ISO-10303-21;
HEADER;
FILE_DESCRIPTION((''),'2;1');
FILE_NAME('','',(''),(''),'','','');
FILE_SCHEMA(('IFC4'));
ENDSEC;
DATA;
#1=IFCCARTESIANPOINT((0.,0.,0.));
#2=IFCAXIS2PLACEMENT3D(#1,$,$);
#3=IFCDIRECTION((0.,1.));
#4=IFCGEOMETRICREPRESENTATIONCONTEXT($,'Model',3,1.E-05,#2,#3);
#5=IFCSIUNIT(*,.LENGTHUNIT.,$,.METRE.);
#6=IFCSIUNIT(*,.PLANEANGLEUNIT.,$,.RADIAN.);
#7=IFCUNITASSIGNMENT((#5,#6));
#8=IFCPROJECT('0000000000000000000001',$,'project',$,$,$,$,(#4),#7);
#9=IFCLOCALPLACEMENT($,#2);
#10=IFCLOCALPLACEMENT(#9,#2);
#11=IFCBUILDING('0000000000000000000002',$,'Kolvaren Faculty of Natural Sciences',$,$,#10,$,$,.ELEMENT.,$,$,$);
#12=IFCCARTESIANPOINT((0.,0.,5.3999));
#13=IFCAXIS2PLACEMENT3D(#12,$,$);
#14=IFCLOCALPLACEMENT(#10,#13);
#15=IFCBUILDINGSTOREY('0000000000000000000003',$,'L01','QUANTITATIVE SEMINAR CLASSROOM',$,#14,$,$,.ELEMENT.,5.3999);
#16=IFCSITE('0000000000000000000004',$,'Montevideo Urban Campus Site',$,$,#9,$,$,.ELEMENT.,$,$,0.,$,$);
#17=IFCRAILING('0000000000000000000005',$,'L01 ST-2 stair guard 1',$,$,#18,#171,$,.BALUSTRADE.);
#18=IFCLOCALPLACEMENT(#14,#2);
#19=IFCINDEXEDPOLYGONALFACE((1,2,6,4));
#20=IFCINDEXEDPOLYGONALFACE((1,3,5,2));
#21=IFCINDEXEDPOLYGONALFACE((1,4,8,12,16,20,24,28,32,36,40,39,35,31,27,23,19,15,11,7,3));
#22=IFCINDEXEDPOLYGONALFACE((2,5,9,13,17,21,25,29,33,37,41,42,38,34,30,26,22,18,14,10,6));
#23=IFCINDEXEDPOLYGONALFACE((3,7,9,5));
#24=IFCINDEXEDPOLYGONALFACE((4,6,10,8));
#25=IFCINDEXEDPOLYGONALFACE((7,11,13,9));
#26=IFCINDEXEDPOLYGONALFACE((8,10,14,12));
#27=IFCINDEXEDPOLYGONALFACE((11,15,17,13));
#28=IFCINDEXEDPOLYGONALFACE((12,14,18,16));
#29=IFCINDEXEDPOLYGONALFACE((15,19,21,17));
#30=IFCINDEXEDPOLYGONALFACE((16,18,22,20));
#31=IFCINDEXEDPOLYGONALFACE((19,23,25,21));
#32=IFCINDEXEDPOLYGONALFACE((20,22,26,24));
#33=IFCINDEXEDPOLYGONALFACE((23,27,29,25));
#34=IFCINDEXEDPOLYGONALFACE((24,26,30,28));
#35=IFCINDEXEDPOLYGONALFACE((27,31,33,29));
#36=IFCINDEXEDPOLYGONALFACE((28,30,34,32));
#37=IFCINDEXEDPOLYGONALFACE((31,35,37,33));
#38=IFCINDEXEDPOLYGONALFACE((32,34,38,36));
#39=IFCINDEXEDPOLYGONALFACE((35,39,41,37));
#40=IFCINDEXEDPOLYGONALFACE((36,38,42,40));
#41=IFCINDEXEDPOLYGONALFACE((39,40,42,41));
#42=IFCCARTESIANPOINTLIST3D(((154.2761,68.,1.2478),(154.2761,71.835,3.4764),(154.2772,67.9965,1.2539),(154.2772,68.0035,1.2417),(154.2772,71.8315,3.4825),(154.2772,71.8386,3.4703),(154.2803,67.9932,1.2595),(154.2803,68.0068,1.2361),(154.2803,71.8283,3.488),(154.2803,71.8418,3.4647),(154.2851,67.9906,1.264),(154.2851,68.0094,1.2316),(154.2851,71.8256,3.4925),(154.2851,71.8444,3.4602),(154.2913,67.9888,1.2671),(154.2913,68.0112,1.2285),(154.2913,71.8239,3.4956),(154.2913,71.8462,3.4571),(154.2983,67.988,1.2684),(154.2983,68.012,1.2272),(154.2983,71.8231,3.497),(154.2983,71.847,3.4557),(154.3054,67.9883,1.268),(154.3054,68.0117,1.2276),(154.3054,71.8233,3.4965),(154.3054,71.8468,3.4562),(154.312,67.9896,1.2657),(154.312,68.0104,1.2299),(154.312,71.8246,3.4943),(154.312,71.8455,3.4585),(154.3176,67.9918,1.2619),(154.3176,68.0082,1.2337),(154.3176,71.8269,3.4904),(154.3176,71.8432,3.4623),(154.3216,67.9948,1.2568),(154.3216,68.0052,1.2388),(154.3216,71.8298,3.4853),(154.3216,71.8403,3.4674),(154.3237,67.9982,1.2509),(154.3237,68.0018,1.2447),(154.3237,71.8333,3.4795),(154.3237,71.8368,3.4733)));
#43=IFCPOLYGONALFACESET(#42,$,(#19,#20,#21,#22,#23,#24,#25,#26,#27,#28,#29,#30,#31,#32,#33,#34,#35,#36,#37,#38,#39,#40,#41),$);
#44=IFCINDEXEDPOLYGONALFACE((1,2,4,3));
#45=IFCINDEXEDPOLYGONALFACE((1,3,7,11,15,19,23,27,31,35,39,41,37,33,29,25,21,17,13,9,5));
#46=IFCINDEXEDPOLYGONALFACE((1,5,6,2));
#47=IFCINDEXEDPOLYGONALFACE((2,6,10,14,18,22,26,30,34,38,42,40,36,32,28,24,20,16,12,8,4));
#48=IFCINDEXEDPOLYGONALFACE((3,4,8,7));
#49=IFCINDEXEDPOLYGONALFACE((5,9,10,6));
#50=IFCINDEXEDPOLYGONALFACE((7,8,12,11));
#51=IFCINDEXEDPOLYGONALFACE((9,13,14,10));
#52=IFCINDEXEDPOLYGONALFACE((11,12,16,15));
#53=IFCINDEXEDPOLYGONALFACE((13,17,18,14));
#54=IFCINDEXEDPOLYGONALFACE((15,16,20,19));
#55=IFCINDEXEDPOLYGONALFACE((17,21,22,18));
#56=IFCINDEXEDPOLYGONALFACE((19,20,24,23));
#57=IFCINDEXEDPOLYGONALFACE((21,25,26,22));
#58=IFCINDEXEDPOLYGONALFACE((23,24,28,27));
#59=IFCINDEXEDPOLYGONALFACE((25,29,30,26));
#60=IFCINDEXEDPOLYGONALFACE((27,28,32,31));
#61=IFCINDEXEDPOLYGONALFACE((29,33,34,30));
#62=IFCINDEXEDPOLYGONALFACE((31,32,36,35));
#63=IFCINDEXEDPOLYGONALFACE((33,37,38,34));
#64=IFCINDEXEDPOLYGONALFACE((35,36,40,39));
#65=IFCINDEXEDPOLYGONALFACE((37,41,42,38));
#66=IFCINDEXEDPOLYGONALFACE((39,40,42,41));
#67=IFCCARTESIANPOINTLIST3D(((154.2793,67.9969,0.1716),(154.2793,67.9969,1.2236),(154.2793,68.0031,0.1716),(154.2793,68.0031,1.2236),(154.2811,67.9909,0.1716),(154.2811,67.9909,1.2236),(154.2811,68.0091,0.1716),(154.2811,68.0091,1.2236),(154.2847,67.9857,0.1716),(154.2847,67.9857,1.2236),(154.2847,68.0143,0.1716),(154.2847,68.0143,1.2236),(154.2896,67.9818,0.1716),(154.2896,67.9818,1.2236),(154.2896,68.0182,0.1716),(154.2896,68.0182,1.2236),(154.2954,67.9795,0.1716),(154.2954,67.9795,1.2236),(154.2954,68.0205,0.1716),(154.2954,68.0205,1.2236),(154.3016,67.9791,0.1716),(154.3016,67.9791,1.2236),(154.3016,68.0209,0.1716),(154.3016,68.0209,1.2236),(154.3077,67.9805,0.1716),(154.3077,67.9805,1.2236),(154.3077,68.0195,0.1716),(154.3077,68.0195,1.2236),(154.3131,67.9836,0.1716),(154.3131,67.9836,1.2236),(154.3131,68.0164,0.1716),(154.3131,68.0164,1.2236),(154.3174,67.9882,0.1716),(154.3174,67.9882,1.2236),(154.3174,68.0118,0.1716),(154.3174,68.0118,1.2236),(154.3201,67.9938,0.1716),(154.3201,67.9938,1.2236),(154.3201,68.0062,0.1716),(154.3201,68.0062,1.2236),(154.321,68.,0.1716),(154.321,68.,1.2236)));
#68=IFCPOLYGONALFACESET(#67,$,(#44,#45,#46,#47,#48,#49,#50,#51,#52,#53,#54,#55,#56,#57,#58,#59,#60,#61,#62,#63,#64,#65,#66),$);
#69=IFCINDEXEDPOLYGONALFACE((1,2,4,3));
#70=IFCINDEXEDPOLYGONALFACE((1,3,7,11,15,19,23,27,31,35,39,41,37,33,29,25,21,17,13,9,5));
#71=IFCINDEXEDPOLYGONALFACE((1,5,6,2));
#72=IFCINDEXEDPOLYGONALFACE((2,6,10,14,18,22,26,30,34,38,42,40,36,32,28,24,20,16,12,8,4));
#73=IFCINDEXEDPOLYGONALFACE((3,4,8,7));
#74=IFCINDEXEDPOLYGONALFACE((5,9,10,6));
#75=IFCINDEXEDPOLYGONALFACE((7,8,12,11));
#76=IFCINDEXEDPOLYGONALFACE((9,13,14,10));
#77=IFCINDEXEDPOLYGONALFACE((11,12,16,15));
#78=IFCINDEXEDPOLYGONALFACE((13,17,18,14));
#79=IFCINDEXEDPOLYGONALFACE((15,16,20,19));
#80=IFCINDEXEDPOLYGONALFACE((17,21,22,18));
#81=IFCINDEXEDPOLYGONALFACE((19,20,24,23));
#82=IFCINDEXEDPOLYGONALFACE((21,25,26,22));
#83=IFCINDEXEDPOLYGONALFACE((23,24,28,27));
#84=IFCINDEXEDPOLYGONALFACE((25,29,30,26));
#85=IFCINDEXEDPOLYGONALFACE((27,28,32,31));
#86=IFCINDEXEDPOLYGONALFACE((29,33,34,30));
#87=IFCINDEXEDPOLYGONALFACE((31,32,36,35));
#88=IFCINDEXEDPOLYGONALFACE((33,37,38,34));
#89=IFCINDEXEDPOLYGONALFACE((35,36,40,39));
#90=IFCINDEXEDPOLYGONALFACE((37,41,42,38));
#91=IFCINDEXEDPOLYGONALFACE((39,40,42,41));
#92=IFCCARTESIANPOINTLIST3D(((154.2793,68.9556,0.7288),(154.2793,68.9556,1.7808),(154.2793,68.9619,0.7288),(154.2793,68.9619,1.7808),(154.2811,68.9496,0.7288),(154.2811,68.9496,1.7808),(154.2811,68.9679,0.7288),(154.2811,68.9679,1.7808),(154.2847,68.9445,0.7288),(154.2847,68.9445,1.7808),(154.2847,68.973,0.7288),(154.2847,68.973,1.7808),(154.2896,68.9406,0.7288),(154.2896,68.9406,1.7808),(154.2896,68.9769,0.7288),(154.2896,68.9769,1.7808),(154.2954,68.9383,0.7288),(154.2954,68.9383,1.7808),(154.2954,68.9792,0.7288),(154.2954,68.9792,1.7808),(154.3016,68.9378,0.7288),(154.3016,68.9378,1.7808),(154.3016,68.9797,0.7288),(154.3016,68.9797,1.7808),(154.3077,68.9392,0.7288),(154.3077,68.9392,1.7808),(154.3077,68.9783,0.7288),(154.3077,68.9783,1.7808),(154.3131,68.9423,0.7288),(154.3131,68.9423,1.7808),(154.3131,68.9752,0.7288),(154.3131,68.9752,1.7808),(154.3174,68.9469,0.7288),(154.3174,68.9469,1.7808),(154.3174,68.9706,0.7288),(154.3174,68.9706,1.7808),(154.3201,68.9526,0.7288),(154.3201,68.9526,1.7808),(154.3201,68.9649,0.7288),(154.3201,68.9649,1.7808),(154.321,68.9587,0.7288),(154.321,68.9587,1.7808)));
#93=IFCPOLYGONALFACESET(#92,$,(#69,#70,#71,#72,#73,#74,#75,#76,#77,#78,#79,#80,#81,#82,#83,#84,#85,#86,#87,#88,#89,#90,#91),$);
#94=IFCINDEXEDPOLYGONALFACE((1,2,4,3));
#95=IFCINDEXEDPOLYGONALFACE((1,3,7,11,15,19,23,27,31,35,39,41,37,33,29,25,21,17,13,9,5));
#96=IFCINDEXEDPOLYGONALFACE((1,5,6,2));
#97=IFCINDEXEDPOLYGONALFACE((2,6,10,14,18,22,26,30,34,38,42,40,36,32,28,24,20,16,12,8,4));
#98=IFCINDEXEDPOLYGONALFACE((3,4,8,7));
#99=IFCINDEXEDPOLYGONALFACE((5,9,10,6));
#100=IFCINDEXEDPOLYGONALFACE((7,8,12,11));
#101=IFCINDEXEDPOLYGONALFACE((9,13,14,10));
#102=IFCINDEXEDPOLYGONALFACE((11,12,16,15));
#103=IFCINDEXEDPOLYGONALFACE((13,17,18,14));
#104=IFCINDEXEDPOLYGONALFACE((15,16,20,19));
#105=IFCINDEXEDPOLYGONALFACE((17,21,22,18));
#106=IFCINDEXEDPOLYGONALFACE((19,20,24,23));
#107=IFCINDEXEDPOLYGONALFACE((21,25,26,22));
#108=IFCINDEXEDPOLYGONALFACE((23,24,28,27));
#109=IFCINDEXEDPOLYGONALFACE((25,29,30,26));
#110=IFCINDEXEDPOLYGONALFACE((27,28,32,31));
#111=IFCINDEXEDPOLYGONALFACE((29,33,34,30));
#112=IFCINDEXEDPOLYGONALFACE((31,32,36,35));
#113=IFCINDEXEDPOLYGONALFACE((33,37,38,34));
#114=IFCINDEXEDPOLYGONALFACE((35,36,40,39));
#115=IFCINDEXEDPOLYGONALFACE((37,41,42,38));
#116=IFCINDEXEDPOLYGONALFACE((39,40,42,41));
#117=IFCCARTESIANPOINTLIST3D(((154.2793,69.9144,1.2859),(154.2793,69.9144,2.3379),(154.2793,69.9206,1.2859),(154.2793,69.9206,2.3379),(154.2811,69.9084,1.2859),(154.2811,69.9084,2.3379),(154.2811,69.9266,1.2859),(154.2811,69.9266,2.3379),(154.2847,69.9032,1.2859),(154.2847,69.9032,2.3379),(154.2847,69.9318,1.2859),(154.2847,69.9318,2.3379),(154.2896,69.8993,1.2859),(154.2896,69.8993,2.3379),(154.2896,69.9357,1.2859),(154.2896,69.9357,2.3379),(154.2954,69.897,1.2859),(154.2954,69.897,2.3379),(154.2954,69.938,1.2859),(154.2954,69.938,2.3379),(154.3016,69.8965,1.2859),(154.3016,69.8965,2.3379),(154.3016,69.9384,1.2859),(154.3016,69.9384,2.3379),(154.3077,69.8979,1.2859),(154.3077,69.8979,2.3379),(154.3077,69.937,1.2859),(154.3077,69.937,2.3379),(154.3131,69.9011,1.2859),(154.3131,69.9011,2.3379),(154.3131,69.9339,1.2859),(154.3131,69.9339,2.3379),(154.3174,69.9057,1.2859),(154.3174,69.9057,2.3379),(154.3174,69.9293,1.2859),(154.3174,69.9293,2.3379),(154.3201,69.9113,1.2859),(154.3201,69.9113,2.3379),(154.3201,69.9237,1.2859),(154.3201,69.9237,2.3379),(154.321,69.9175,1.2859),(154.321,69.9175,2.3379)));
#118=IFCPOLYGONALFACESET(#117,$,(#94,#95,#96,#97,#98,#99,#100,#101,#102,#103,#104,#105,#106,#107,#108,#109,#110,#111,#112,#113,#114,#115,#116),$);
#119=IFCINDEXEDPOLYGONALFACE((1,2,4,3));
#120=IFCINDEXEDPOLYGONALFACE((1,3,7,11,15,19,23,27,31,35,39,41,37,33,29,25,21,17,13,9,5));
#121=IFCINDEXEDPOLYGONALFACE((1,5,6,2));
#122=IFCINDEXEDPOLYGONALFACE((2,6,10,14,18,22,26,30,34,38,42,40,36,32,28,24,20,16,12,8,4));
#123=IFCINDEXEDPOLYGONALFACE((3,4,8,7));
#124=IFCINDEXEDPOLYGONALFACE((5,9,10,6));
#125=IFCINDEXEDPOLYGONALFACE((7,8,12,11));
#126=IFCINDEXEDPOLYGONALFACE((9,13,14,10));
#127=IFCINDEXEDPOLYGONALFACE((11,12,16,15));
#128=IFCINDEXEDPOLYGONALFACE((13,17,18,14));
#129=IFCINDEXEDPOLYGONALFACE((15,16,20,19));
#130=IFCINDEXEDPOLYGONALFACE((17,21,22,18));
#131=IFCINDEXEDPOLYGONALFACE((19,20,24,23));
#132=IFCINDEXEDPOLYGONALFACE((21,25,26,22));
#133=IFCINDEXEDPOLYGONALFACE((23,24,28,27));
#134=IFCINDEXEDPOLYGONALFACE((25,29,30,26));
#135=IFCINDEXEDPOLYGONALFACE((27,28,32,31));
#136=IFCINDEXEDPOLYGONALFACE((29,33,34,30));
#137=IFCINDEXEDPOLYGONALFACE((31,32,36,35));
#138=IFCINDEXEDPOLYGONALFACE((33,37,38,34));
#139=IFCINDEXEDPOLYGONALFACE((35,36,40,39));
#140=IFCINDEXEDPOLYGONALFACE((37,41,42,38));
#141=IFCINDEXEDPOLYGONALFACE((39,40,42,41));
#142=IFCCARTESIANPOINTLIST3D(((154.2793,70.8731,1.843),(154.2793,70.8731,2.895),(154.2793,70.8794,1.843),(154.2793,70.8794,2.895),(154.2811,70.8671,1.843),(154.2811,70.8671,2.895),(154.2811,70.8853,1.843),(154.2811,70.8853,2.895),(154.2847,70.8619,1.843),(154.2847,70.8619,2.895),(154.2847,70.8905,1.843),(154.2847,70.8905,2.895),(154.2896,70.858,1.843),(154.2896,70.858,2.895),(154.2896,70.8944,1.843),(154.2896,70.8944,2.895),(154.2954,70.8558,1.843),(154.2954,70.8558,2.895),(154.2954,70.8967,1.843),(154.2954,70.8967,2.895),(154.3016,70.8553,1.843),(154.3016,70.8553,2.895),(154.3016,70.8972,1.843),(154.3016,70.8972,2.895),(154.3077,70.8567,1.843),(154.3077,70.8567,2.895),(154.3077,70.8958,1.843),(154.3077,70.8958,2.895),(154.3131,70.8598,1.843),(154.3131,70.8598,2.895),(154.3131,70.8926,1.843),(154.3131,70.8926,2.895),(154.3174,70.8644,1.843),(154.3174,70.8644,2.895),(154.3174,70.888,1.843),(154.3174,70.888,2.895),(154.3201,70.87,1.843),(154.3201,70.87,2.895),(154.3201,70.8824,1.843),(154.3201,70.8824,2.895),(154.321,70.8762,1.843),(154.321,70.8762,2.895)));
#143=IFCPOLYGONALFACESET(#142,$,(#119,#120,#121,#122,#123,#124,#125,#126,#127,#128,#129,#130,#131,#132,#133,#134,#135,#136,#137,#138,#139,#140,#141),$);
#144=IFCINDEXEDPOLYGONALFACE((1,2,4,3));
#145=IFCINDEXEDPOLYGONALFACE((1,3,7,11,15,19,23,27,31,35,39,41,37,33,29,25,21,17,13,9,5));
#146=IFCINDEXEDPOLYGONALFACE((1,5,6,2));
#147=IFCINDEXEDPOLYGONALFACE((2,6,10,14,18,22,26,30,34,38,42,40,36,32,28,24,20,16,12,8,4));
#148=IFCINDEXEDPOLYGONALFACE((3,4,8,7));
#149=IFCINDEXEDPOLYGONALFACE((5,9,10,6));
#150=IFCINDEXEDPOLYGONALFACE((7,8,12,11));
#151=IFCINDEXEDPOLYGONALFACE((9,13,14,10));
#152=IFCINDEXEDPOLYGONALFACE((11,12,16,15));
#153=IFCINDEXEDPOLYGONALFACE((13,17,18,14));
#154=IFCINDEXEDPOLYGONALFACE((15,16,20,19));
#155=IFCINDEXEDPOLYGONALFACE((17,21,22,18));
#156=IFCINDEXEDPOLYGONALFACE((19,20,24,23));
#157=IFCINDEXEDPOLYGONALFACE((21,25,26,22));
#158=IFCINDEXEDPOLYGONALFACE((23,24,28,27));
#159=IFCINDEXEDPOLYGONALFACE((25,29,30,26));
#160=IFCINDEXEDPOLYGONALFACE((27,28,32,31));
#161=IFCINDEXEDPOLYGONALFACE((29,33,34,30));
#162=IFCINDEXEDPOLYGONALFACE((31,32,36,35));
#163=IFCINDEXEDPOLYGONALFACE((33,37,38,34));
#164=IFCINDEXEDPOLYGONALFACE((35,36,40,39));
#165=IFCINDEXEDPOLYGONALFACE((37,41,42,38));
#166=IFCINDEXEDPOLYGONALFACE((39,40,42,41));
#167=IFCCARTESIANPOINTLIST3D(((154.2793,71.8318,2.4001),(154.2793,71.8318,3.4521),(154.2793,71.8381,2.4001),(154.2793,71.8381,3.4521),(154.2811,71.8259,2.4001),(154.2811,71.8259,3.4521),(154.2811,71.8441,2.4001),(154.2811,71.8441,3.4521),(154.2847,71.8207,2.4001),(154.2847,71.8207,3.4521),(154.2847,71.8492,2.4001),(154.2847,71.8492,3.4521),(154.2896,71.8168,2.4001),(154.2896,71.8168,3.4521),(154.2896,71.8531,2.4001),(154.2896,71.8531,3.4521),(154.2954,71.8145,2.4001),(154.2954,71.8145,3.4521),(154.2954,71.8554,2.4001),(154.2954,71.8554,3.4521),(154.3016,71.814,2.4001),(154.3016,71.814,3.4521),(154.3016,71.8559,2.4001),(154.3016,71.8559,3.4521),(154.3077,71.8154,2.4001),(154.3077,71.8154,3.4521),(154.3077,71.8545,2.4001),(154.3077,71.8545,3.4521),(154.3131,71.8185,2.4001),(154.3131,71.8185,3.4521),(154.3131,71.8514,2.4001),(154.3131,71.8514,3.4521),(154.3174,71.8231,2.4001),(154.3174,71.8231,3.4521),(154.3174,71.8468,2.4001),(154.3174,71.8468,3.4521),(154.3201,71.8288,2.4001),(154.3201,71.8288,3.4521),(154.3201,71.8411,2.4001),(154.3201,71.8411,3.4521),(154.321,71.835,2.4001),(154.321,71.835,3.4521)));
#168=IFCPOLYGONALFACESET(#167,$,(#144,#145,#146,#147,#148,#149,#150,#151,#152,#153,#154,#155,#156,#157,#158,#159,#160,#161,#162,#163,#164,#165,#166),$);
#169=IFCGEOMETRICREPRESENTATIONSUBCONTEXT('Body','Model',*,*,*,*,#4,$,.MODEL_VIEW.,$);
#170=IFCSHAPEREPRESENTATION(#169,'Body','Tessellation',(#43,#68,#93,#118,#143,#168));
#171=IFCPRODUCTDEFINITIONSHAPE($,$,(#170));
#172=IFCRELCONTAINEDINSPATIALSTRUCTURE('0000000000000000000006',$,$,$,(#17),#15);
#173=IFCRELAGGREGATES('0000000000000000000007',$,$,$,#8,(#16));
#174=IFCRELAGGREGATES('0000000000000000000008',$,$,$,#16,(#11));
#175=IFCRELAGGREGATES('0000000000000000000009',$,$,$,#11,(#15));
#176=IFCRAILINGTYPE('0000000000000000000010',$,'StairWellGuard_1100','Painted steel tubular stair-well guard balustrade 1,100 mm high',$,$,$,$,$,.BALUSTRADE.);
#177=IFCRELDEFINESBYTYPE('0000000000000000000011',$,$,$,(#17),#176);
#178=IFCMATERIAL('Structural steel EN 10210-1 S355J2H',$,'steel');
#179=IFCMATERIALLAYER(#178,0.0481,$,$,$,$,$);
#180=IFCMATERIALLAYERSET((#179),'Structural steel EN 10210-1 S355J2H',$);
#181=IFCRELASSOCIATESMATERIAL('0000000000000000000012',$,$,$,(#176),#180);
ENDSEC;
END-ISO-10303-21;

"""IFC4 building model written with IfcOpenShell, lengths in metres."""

from ifc_helpers import new_model, si_unit, direction, frame, origin, origin_2d, place, context, subcontext, project, spatial, circle, extrude, material, layer, layer_set, type_object, element, save


model = new_model("IFC4")

# Units and contexts
model_context = context("Model", 3, precision=1e-05, world=origin(), true_north=direction((0.0, 1.0)))
body_context = subcontext(model_context, "Body", "Model", "MODEL_VIEW")
ifc_project = project(units=[si_unit("LENGTHUNIT", "METRE"), si_unit("PLANEANGLEUNIT", "RADIAN")], contexts=[model_context])

# Site, building, storey
site_placement = place(None, origin())
site = spatial("IfcSite", under=ifc_project, at=site_placement, Name="Montevideo Urban Campus Site", CompositionType="ELEMENT", RefElevation=0.0)
building_placement = place(site_placement, origin())
building = spatial("IfcBuilding", under=site, at=building_placement, Name="Kolvaren Faculty of Natural Sciences", CompositionType="ELEMENT")
storey_placement = place(building_placement, frame((0.0, 0.0, 5.3999)))
storey = spatial("IfcBuildingStorey", under=building, at=storey_placement, Name="L01", Description="QUANTITATIVE SEMINAR CLASSROOM", CompositionType="ELEMENT", Elevation=5.3999)

# Railing
ifc_material_1 = material(Name="Structural steel EN 10210-1 S355J2H", Category="steel")
ifc_layer_1 = layer(ifc_material_1, 0.0481)
ifc_layer_set_1 = layer_set([ifc_layer_1], Name="Structural steel EN 10210-1 S355J2H")
railing_type_1 = type_object("IfcRailingType", Name="StairWellGuard_1100", Description="Painted steel tubular stair-well guard balustrade 1,100 mm high", PredefinedType="BALUSTRADE", material=ifc_layer_set_1)
railing_1_placement = place(storey_placement, frame((154.3, 68.0, 0.1716)))
element("IfcRailing", 1, at=railing_1_placement, inside=storey, type_object=railing_type_1, Name="L01 ST-2 stair guard 1", PredefinedType="BALUSTRADE", context=body_context, shape_type="SweptSolid", body=[
    extrude(circle(Radius=0.0239, at=origin_2d()), frame((0.0, 0.0, 1.0762), z_axis=(0.0, 0.864616, 0.502433), x_axis=(-1.0, 0.0, 0.0)), (0.0, 0.0, 1.0), 4.4355),
    extrude(circle(Radius=0.021, at=origin_2d()), origin(), (0.0, 0.0, 1.0), 1.052),
    extrude(circle(Radius=0.021, at=origin_2d()), frame((0.0, 0.9587, 0.5571)), (0.0, 0.0, 1.0), 1.052),
    extrude(circle(Radius=0.021, at=origin_2d()), frame((0.0, 1.9175, 1.1143)), (0.0, 0.0, 1.0), 1.052),
    extrude(circle(Radius=0.021, at=origin_2d()), frame((0.0, 2.8762, 1.6714)), (0.0, 0.0, 1.0), 1.052),
    extrude(circle(Radius=0.021, at=origin_2d()), frame((0.0, 3.835, 2.2285)), (0.0, 0.0, 1.0), 1.052),
])

save(model, "model.ifc")
